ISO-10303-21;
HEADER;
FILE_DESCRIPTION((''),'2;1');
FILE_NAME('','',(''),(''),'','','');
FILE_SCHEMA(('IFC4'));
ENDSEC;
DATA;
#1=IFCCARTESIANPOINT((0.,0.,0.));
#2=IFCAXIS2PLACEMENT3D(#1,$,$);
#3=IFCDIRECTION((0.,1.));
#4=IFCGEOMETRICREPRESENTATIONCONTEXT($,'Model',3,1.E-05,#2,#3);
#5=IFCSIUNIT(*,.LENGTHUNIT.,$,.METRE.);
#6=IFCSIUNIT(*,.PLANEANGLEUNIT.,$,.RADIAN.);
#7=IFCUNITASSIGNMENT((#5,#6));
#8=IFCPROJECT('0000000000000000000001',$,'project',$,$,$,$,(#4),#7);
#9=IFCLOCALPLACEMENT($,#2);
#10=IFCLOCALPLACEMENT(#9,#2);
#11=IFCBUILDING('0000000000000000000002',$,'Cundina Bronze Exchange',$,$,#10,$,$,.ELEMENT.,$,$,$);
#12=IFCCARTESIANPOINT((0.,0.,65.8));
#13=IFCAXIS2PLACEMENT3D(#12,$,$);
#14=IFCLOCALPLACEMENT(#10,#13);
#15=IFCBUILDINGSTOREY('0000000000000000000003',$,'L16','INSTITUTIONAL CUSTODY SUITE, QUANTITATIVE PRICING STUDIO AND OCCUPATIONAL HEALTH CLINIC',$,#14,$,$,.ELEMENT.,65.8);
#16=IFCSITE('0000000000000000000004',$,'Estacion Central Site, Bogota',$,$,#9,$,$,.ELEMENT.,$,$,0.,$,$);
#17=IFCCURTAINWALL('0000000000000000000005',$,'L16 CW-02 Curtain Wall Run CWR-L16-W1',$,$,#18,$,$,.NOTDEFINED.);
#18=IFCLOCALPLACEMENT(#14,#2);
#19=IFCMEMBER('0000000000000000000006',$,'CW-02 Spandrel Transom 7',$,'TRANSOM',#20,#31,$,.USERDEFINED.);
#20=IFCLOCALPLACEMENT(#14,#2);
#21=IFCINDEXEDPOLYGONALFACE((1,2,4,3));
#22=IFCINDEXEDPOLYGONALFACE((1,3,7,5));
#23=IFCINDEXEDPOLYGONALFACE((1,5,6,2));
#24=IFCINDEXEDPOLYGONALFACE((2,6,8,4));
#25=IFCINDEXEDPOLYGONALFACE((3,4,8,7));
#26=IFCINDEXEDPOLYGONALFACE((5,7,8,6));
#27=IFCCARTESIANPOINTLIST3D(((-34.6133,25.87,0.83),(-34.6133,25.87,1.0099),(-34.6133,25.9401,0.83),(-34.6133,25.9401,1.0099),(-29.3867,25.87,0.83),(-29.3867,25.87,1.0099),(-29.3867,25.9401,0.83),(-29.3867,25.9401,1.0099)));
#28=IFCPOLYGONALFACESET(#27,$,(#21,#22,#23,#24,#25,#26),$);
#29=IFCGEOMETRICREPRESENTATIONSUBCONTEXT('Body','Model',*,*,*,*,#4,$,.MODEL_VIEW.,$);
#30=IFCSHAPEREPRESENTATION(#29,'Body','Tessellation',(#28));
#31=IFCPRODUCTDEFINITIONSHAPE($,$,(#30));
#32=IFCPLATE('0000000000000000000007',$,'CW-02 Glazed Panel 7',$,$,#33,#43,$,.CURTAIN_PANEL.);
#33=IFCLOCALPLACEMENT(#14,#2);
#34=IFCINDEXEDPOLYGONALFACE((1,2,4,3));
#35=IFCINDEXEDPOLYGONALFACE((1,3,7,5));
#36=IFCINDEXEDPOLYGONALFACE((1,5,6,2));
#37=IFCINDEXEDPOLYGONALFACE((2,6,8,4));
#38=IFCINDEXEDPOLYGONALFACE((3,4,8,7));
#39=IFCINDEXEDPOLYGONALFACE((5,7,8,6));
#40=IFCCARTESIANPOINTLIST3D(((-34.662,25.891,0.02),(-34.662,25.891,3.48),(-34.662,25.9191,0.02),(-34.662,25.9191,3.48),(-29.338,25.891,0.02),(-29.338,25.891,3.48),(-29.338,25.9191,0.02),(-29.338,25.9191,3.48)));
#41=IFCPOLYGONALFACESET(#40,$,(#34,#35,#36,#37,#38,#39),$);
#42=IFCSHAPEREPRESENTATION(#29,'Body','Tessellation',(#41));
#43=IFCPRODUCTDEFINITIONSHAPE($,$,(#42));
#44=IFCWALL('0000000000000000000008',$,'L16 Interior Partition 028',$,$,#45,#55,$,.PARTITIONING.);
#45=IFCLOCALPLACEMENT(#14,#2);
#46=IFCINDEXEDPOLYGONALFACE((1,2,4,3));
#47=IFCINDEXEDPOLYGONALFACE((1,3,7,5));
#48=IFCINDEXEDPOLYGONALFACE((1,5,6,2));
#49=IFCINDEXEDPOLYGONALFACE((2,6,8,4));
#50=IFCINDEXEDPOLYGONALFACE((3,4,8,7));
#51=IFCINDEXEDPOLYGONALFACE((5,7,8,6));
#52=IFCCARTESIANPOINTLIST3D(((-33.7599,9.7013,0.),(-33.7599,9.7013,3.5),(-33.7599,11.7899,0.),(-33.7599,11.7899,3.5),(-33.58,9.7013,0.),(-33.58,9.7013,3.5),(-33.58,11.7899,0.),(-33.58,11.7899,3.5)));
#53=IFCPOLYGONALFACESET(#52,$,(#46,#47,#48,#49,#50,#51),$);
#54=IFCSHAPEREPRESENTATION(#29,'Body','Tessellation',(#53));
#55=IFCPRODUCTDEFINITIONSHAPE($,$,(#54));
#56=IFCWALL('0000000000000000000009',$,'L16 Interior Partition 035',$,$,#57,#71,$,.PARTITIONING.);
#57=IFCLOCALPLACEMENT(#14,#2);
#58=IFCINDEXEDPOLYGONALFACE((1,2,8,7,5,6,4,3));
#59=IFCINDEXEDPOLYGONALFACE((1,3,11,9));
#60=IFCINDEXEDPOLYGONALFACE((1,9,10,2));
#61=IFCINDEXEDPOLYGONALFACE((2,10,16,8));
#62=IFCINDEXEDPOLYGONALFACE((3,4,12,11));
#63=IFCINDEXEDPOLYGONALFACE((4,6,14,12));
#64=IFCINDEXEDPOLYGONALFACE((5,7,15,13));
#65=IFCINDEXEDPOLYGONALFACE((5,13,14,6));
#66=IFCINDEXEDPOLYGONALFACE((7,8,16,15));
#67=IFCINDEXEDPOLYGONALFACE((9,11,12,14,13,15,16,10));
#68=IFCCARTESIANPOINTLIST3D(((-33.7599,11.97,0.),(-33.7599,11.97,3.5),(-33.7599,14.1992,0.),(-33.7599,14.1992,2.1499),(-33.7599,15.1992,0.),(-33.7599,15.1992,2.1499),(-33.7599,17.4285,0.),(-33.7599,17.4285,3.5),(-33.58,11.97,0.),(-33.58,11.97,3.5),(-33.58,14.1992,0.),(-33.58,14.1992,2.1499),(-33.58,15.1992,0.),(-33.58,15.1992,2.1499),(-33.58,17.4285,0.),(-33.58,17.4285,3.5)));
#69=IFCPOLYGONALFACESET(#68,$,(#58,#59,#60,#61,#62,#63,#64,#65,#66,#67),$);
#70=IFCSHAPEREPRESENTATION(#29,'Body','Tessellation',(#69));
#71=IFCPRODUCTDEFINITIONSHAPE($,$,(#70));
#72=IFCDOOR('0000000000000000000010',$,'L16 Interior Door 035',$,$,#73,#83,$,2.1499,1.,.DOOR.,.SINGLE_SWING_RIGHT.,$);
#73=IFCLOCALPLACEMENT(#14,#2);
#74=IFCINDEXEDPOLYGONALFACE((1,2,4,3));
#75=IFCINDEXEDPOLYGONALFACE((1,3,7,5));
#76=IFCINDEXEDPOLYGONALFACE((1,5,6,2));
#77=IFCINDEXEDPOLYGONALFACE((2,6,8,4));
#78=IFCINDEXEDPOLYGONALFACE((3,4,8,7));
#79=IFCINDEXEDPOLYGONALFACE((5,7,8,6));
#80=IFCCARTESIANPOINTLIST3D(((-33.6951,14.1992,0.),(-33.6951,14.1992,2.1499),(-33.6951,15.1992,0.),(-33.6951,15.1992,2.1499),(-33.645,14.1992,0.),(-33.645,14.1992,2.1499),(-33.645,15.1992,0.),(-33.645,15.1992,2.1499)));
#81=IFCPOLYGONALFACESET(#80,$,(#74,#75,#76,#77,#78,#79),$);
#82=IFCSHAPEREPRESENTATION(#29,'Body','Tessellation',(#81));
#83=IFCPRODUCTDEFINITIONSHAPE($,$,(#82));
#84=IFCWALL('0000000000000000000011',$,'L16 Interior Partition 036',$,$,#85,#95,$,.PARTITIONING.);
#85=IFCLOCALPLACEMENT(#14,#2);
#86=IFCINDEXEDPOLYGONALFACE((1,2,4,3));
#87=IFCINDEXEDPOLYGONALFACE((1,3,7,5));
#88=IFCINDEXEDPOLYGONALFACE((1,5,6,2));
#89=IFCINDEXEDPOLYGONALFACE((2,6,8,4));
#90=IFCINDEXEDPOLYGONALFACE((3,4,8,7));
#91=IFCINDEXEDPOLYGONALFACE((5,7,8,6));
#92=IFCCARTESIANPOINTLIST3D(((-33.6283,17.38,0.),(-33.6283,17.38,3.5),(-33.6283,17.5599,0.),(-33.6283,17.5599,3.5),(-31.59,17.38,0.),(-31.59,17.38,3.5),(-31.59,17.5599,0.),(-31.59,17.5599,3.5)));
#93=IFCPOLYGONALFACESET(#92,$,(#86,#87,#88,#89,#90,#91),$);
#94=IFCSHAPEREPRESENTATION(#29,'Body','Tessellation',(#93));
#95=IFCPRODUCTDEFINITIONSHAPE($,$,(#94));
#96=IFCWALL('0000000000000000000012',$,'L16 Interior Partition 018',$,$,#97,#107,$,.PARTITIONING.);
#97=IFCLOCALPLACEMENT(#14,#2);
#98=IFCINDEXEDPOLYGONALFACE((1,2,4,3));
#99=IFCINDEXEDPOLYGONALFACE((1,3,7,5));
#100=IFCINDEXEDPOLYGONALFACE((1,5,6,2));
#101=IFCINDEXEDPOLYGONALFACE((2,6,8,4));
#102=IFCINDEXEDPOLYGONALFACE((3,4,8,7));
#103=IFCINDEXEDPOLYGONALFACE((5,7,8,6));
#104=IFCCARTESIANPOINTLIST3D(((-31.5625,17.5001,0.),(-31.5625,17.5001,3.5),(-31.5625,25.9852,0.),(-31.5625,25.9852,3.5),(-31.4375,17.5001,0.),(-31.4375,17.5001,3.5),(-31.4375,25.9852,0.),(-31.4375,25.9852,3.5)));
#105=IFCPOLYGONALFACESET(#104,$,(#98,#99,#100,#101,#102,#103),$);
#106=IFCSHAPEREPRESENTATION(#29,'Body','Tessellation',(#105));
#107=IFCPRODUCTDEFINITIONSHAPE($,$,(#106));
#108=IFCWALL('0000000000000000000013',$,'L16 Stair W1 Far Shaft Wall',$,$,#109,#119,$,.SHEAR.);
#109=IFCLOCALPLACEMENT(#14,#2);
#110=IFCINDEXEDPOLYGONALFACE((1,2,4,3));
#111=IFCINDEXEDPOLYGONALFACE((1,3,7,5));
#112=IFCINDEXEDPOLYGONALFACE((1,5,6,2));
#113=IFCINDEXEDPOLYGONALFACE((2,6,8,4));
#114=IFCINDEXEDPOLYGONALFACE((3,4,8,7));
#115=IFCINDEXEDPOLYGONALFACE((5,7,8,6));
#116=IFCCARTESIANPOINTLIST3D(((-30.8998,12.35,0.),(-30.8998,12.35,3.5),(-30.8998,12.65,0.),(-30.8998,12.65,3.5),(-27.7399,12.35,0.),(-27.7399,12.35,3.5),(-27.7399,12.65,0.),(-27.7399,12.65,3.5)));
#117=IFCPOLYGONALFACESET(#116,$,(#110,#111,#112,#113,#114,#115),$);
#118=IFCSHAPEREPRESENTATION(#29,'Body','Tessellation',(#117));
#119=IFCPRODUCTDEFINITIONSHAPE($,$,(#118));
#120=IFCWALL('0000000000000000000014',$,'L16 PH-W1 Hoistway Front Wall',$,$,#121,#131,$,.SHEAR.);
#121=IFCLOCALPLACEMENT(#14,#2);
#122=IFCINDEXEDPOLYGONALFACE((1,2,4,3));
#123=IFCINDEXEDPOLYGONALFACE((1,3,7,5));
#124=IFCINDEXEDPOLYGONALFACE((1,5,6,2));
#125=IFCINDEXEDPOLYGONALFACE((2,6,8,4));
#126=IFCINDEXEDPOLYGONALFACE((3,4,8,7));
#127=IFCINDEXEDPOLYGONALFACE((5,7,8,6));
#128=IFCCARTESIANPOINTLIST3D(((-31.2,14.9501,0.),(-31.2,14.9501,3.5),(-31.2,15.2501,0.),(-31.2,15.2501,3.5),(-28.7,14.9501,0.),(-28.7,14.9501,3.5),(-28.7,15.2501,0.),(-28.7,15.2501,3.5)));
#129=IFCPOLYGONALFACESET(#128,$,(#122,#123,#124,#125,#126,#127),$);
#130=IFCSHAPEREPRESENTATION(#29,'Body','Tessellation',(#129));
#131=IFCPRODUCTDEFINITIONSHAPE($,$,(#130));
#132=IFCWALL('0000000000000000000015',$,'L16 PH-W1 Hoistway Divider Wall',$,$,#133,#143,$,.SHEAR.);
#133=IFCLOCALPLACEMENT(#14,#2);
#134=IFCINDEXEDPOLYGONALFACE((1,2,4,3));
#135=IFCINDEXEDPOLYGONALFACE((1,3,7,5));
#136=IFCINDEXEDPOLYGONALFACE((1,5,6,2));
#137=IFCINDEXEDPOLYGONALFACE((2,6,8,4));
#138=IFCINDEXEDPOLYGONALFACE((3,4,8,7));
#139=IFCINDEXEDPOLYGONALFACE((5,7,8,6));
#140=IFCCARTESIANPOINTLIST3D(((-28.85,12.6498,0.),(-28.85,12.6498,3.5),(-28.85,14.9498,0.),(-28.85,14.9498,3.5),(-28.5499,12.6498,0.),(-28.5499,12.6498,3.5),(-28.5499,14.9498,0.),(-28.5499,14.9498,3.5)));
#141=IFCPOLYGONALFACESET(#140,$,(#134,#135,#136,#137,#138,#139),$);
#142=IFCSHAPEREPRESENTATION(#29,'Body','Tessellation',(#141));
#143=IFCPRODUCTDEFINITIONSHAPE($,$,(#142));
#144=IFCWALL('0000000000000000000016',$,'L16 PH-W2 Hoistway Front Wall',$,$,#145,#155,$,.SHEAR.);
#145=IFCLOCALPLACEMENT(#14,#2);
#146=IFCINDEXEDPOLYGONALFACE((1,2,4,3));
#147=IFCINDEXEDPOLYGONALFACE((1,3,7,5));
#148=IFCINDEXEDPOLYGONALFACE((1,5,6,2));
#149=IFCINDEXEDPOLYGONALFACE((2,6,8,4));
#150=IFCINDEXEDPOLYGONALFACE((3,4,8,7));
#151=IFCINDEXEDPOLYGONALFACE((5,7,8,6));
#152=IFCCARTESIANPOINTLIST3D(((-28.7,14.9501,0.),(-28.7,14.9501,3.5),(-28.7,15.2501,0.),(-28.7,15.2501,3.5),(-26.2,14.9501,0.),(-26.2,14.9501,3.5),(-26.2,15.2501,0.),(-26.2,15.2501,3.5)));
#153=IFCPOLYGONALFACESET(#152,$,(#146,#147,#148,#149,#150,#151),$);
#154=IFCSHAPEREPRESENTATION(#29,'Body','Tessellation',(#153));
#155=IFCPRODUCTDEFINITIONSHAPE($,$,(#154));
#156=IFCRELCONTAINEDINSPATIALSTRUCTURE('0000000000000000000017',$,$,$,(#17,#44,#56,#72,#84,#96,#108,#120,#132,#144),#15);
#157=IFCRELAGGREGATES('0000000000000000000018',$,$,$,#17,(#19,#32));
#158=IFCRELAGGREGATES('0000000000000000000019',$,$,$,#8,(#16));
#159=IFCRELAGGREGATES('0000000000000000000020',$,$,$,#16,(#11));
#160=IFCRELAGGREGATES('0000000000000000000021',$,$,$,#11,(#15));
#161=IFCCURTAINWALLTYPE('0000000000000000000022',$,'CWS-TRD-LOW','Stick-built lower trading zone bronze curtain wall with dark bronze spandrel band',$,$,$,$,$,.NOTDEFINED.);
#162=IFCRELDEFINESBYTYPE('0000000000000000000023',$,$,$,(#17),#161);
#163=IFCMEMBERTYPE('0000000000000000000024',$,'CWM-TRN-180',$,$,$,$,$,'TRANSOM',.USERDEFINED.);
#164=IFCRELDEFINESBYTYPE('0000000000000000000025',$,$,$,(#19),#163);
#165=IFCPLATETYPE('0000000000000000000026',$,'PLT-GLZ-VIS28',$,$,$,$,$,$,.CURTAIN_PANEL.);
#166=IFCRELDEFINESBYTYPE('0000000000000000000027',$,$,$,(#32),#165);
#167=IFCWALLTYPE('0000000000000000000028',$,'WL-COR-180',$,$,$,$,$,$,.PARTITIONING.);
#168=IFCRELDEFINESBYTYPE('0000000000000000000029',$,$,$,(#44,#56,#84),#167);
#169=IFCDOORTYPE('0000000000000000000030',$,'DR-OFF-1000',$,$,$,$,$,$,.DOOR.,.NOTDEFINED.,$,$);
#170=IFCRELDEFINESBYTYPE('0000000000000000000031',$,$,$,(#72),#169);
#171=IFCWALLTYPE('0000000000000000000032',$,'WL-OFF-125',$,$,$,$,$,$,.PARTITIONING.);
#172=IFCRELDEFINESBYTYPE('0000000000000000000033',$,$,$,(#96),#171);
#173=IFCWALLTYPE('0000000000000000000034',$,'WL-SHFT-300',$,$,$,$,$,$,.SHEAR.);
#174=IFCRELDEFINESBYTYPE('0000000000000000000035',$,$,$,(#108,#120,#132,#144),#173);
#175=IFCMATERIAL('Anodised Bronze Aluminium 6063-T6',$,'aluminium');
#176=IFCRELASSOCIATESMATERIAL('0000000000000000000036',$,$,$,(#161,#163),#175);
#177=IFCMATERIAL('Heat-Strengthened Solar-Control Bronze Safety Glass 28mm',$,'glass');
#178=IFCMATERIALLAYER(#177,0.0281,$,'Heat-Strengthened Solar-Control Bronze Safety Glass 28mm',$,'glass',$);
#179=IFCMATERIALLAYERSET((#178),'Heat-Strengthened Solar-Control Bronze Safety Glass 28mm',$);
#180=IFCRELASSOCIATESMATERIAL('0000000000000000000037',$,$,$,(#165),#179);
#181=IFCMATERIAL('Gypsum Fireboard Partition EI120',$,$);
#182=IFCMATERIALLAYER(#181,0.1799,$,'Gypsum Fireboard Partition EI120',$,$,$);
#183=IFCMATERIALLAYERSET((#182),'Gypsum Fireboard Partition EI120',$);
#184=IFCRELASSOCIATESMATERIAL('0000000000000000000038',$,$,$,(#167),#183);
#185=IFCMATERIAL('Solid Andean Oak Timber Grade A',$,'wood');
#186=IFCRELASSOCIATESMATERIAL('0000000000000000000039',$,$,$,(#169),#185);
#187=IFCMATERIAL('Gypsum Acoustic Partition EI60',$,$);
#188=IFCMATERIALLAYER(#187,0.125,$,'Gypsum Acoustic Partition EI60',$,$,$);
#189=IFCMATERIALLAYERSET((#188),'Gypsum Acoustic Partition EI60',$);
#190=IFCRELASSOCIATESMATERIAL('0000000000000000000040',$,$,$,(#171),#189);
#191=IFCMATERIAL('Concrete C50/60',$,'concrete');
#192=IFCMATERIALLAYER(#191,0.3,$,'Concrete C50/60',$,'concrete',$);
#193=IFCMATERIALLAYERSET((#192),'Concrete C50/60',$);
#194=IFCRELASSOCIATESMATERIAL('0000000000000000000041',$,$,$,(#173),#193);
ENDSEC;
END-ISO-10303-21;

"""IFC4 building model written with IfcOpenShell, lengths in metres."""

from ifc_helpers import new_model, si_unit, direction, frame, frame_2d, origin, origin_2d, place, context, subcontext, project, spatial, rectangle, extrude, material, layer, layer_set, material_profile, profile_set, type_object, element, fill, aggregate, save


model = new_model("IFC4")

# Units and contexts
model_context = context("Model", 3, precision=1e-05, world=origin(), true_north=direction((0.0, 1.0)))
body_context = subcontext(model_context, "Body", "Model", "MODEL_VIEW")
ifc_project = project(units=[si_unit("LENGTHUNIT", "METRE"), si_unit("PLANEANGLEUNIT", "RADIAN")], contexts=[model_context])

# Site, building, storey
site_placement = place(None, origin())
site = spatial("IfcSite", under=ifc_project, at=site_placement, Name="Estacion Central Site, Bogota", CompositionType="ELEMENT", RefElevation=0.0)
building_placement = place(site_placement, origin())
building = spatial("IfcBuilding", under=site, at=building_placement, Name="Cundina Bronze Exchange", CompositionType="ELEMENT")
storey_placement = place(building_placement, frame((0.0, 0.0, 65.8)))
storey = spatial("IfcBuildingStorey", under=building, at=storey_placement, Name="L16", Description="INSTITUTIONAL CUSTODY SUITE, QUANTITATIVE PRICING STUDIO AND OCCUPATIONAL HEALTH CLINIC", CompositionType="ELEMENT", Elevation=65.8)

# Curtain wall
ifc_material_1 = material(Name="Anodised Bronze Aluminium 6063-T6", Category="aluminium")
curtain_wall_type = type_object("IfcCurtainWallType", Name="CWS-TRD-LOW", Description="Stick-built lower trading zone bronze curtain wall with dark bronze spandrel band", PredefinedType="NOTDEFINED", material=ifc_material_1)
curtain_wall_1_placement = place(storey_placement, origin())
curtain_wall_1 = element("IfcCurtainWall", 1, at=curtain_wall_1_placement, inside=storey, type_object=curtain_wall_type, Name="L16 CW-02 Curtain Wall Run CWR-L16-W1", PredefinedType="NOTDEFINED")

# Member
ifc_material_profile_1 = material_profile(ifc_material_1, rectangle(XDim=0.0701, YDim=0.1799, at=origin_2d()), Name="AL70X180", Category="aluminium")
ifc_profile_set_1 = profile_set([ifc_material_profile_1], Name="Anodised Bronze Aluminium 6063-T6")
member_type_1 = type_object("IfcMemberType", Name="CWM-TRN-180", ElementType="TRANSOM", PredefinedType="USERDEFINED", material=ifc_profile_set_1)
member_1_placement = place(storey_placement, frame((-29.3867, 25.905, 0.9199), z_axis=(-1.0, 0.0, 0.0), x_axis=(0.0, -1.0, 0.0)))
member_1 = element("IfcMember", 2, at=member_1_placement, type_object=member_type_1, Name="CW-02 Spandrel Transom 7", ObjectType="TRANSOM", PredefinedType="USERDEFINED", context=body_context, shape_type="SweptSolid", body=[
    extrude(rectangle(XDim=0.0701, YDim=0.1799, at=origin_2d()), origin(), (0.0, 0.0, 1.0), 5.2266),
])

# Plate
ifc_material_2 = material(Name="Heat-Strengthened Solar-Control Bronze Safety Glass 28mm", Category="glass")
ifc_layer_1 = layer(ifc_material_2, 0.0281, Name="Heat-Strengthened Solar-Control Bronze Safety Glass 28mm", Category="glass")
ifc_layer_set_1 = layer_set([ifc_layer_1], Name="Heat-Strengthened Solar-Control Bronze Safety Glass 28mm")
plate_type = type_object("IfcPlateType", Name="PLT-GLZ-VIS28", PredefinedType="CURTAIN_PANEL", material=ifc_layer_set_1)
plate_placement = place(storey_placement, frame((-32.0, 25.905, 0.02), z_axis=(0.0, 0.0, 1.0), x_axis=(-1.0, 0.0, 0.0)))
plate = element("IfcPlate", 3, at=plate_placement, type_object=plate_type, Name="CW-02 Glazed Panel 7", PredefinedType="CURTAIN_PANEL", context=body_context, shape_type="SweptSolid", body=[
    extrude(rectangle(XDim=5.324, YDim=0.0281, at=origin_2d()), origin(), (0.0, 0.0, 1.0), 3.46),
])
aggregate(curtain_wall_1, [member_1, plate])

# Shared definitions
ifc_material_3 = material(Name="Gypsum Fireboard Partition EI120")
ifc_layer_2 = layer(ifc_material_3, 0.1799, Name="Gypsum Fireboard Partition EI120")
ifc_layer_set_2 = layer_set([ifc_layer_2], Name="Gypsum Fireboard Partition EI120")
wall_type_1 = type_object("IfcWallType", Name="WL-COR-180", PredefinedType="PARTITIONING", material=ifc_layer_set_2)
ifc_material_4 = material(Name="Solid Andean Oak Timber Grade A", Category="wood")
door_type_1 = type_object("IfcDoorType", Name="DR-OFF-1000", OperationType="NOTDEFINED", PredefinedType="DOOR", material=ifc_material_4)

# Wall
wall_1_placement = place(storey_placement, frame((-33.6699, 11.79, 0.0), z_axis=(0.0, 0.0, 1.0), x_axis=(0.0, -1.0, 0.0)))
element("IfcWall", 4, at=wall_1_placement, inside=storey, type_object=wall_type_1, Name="L16 Interior Partition 028", PredefinedType="PARTITIONING", context=body_context, shape_type="SweptSolid", body=[
    extrude(rectangle(XDim=2.0886, YDim=0.1799, at=frame_2d((1.0444, 0.0))), origin(), (0.0, 0.0, 1.0), 3.5),
])

# Wall, opening, door
wall_2_placement = place(storey_placement, frame((-33.6699, 17.4285, 0.0), z_axis=(0.0, 0.0, 1.0), x_axis=(0.0, -1.0, 0.0)))
wall_2 = element("IfcWall", 5, at=wall_2_placement, inside=storey, type_object=wall_type_1, Name="L16 Interior Partition 035", PredefinedType="PARTITIONING", context=body_context, shape_type="SweptSolid", body=[
    extrude(rectangle(XDim=5.4585, YDim=0.1799, at=frame_2d((2.7292, 0.0))), origin(), (0.0, 0.0, 1.0), 3.5),
])
opening_1_placement = place(wall_2_placement, frame((2.2292, 0.0, 0.0)))
opening_1 = element("IfcOpeningElement", 6, at=opening_1_placement, cuts=wall_2, PredefinedType="OPENING", context=body_context, shape_type="SweptSolid", body=[
    extrude(rectangle(XDim=1.0, YDim=2.1499, at=frame_2d((0.5, 1.075))), frame((0.0, 0.0999, 0.0), z_axis=(0.0, -1.0, 0.0), x_axis=(1.0, 0.0, 0.0)), (0.0, 0.0, 1.0), 0.2),
])
door_1_placement = place(opening_1_placement, origin())
door_1 = element("IfcDoor", 7, at=door_1_placement, inside=storey, type_object=door_type_1, Name="L16 Interior Door 035", OperationType="SINGLE_SWING_RIGHT", OverallHeight=2.1499, OverallWidth=1.0, PredefinedType="DOOR", context=body_context, shape_type="SweptSolid", body=[
    extrude(rectangle(XDim=1.0, YDim=2.1499, at=frame_2d((0.5, 1.075))), frame((0.0, 0.0249, 0.0), z_axis=(0.0, -1.0, 0.0), x_axis=(1.0, 0.0, 0.0)), (0.0, 0.0, 1.0), 0.05),
])
fill(opening_1, door_1)

# Walls
wall_3_placement = place(storey_placement, frame((-31.5901, 17.47, 0.0), z_axis=(0.0, 0.0, 1.0), x_axis=(-1.0, 0.0, 0.0)))
element("IfcWall", 8, at=wall_3_placement, inside=storey, type_object=wall_type_1, Name="L16 Interior Partition 036", PredefinedType="PARTITIONING", context=body_context, shape_type="SweptSolid", body=[
    extrude(rectangle(XDim=2.0383, YDim=0.1799, at=frame_2d((1.019, 0.0))), origin(), (0.0, 0.0, 1.0), 3.5),
])
ifc_material_5 = material(Name="Gypsum Acoustic Partition EI60")
ifc_layer_3 = layer(ifc_material_5, 0.125, Name="Gypsum Acoustic Partition EI60")
ifc_layer_set_3 = layer_set([ifc_layer_3], Name="Gypsum Acoustic Partition EI60")
wall_type_2 = type_object("IfcWallType", Name="WL-OFF-125", PredefinedType="PARTITIONING", material=ifc_layer_set_3)
wall_4_placement = place(storey_placement, frame((-31.5, 17.5, 0.0), z_axis=(0.0, 0.0, 1.0), x_axis=(0.0, 1.0, 0.0)))
element("IfcWall", 9, at=wall_4_placement, inside=storey, type_object=wall_type_2, Name="L16 Interior Partition 018", PredefinedType="PARTITIONING", context=body_context, shape_type="SweptSolid", body=[
    extrude(rectangle(XDim=8.4851, YDim=0.125, at=frame_2d((4.2427, 0.0))), origin(), (0.0, 0.0, 1.0), 3.5),
])

# Shared definitions
ifc_material_6 = material(Name="Concrete C50/60", Category="concrete")
ifc_layer_4 = layer(ifc_material_6, 0.3, Name="Concrete C50/60", Category="concrete")
ifc_layer_set_4 = layer_set([ifc_layer_4], Name="Concrete C50/60")
wall_type_3 = type_object("IfcWallType", Name="WL-SHFT-300", PredefinedType="SHEAR", material=ifc_layer_set_4)

# Walls
wall_5_placement = place(storey_placement, frame((-30.8999, 12.5, 0.0), z_axis=(0.0, 0.0, 1.0), x_axis=(1.0, 0.0, 0.0)))
element("IfcWall", 10, at=wall_5_placement, inside=storey, type_object=wall_type_3, Name="L16 Stair W1 Far Shaft Wall", PredefinedType="SHEAR", context=body_context, shape_type="SweptSolid", body=[
    extrude(rectangle(XDim=3.1599, YDim=0.3, at=frame_2d((1.5801, 0.0))), origin(), (0.0, 0.0, 1.0), 3.5),
])
wall_6_placement = place(storey_placement, frame((-31.2, 15.1001, 0.0), z_axis=(0.0, 0.0, 1.0), x_axis=(1.0, 0.0, 0.0)))
element("IfcWall", 11, at=wall_6_placement, inside=storey, type_object=wall_type_3, Name="L16 PH-W1 Hoistway Front Wall", PredefinedType="SHEAR", context=body_context, shape_type="SweptSolid", body=[
    extrude(rectangle(XDim=2.5, YDim=0.3, at=frame_2d((1.25, 0.0))), origin(), (0.0, 0.0, 1.0), 3.5),
])
wall_7_placement = place(storey_placement, frame((-28.7, 12.6499, 0.0), z_axis=(0.0, 0.0, 1.0), x_axis=(0.0, 1.0, 0.0)))
element("IfcWall", 12, at=wall_7_placement, inside=storey, type_object=wall_type_3, Name="L16 PH-W1 Hoistway Divider Wall", PredefinedType="SHEAR", context=body_context, shape_type="SweptSolid", body=[
    extrude(rectangle(XDim=2.3, YDim=0.3, at=frame_2d((1.1499, 0.0))), origin(), (0.0, 0.0, 1.0), 3.5),
])
wall_8_placement = place(storey_placement, frame((-28.7, 15.1001, 0.0), z_axis=(0.0, 0.0, 1.0), x_axis=(1.0, 0.0, 0.0)))
element("IfcWall", 13, at=wall_8_placement, inside=storey, type_object=wall_type_3, Name="L16 PH-W2 Hoistway Front Wall", PredefinedType="SHEAR", context=body_context, shape_type="SweptSolid", body=[
    extrude(rectangle(XDim=2.5, YDim=0.3, at=frame_2d((1.25, 0.0))), origin(), (0.0, 0.0, 1.0), 3.5),
])

save(model, "model.ifc")
